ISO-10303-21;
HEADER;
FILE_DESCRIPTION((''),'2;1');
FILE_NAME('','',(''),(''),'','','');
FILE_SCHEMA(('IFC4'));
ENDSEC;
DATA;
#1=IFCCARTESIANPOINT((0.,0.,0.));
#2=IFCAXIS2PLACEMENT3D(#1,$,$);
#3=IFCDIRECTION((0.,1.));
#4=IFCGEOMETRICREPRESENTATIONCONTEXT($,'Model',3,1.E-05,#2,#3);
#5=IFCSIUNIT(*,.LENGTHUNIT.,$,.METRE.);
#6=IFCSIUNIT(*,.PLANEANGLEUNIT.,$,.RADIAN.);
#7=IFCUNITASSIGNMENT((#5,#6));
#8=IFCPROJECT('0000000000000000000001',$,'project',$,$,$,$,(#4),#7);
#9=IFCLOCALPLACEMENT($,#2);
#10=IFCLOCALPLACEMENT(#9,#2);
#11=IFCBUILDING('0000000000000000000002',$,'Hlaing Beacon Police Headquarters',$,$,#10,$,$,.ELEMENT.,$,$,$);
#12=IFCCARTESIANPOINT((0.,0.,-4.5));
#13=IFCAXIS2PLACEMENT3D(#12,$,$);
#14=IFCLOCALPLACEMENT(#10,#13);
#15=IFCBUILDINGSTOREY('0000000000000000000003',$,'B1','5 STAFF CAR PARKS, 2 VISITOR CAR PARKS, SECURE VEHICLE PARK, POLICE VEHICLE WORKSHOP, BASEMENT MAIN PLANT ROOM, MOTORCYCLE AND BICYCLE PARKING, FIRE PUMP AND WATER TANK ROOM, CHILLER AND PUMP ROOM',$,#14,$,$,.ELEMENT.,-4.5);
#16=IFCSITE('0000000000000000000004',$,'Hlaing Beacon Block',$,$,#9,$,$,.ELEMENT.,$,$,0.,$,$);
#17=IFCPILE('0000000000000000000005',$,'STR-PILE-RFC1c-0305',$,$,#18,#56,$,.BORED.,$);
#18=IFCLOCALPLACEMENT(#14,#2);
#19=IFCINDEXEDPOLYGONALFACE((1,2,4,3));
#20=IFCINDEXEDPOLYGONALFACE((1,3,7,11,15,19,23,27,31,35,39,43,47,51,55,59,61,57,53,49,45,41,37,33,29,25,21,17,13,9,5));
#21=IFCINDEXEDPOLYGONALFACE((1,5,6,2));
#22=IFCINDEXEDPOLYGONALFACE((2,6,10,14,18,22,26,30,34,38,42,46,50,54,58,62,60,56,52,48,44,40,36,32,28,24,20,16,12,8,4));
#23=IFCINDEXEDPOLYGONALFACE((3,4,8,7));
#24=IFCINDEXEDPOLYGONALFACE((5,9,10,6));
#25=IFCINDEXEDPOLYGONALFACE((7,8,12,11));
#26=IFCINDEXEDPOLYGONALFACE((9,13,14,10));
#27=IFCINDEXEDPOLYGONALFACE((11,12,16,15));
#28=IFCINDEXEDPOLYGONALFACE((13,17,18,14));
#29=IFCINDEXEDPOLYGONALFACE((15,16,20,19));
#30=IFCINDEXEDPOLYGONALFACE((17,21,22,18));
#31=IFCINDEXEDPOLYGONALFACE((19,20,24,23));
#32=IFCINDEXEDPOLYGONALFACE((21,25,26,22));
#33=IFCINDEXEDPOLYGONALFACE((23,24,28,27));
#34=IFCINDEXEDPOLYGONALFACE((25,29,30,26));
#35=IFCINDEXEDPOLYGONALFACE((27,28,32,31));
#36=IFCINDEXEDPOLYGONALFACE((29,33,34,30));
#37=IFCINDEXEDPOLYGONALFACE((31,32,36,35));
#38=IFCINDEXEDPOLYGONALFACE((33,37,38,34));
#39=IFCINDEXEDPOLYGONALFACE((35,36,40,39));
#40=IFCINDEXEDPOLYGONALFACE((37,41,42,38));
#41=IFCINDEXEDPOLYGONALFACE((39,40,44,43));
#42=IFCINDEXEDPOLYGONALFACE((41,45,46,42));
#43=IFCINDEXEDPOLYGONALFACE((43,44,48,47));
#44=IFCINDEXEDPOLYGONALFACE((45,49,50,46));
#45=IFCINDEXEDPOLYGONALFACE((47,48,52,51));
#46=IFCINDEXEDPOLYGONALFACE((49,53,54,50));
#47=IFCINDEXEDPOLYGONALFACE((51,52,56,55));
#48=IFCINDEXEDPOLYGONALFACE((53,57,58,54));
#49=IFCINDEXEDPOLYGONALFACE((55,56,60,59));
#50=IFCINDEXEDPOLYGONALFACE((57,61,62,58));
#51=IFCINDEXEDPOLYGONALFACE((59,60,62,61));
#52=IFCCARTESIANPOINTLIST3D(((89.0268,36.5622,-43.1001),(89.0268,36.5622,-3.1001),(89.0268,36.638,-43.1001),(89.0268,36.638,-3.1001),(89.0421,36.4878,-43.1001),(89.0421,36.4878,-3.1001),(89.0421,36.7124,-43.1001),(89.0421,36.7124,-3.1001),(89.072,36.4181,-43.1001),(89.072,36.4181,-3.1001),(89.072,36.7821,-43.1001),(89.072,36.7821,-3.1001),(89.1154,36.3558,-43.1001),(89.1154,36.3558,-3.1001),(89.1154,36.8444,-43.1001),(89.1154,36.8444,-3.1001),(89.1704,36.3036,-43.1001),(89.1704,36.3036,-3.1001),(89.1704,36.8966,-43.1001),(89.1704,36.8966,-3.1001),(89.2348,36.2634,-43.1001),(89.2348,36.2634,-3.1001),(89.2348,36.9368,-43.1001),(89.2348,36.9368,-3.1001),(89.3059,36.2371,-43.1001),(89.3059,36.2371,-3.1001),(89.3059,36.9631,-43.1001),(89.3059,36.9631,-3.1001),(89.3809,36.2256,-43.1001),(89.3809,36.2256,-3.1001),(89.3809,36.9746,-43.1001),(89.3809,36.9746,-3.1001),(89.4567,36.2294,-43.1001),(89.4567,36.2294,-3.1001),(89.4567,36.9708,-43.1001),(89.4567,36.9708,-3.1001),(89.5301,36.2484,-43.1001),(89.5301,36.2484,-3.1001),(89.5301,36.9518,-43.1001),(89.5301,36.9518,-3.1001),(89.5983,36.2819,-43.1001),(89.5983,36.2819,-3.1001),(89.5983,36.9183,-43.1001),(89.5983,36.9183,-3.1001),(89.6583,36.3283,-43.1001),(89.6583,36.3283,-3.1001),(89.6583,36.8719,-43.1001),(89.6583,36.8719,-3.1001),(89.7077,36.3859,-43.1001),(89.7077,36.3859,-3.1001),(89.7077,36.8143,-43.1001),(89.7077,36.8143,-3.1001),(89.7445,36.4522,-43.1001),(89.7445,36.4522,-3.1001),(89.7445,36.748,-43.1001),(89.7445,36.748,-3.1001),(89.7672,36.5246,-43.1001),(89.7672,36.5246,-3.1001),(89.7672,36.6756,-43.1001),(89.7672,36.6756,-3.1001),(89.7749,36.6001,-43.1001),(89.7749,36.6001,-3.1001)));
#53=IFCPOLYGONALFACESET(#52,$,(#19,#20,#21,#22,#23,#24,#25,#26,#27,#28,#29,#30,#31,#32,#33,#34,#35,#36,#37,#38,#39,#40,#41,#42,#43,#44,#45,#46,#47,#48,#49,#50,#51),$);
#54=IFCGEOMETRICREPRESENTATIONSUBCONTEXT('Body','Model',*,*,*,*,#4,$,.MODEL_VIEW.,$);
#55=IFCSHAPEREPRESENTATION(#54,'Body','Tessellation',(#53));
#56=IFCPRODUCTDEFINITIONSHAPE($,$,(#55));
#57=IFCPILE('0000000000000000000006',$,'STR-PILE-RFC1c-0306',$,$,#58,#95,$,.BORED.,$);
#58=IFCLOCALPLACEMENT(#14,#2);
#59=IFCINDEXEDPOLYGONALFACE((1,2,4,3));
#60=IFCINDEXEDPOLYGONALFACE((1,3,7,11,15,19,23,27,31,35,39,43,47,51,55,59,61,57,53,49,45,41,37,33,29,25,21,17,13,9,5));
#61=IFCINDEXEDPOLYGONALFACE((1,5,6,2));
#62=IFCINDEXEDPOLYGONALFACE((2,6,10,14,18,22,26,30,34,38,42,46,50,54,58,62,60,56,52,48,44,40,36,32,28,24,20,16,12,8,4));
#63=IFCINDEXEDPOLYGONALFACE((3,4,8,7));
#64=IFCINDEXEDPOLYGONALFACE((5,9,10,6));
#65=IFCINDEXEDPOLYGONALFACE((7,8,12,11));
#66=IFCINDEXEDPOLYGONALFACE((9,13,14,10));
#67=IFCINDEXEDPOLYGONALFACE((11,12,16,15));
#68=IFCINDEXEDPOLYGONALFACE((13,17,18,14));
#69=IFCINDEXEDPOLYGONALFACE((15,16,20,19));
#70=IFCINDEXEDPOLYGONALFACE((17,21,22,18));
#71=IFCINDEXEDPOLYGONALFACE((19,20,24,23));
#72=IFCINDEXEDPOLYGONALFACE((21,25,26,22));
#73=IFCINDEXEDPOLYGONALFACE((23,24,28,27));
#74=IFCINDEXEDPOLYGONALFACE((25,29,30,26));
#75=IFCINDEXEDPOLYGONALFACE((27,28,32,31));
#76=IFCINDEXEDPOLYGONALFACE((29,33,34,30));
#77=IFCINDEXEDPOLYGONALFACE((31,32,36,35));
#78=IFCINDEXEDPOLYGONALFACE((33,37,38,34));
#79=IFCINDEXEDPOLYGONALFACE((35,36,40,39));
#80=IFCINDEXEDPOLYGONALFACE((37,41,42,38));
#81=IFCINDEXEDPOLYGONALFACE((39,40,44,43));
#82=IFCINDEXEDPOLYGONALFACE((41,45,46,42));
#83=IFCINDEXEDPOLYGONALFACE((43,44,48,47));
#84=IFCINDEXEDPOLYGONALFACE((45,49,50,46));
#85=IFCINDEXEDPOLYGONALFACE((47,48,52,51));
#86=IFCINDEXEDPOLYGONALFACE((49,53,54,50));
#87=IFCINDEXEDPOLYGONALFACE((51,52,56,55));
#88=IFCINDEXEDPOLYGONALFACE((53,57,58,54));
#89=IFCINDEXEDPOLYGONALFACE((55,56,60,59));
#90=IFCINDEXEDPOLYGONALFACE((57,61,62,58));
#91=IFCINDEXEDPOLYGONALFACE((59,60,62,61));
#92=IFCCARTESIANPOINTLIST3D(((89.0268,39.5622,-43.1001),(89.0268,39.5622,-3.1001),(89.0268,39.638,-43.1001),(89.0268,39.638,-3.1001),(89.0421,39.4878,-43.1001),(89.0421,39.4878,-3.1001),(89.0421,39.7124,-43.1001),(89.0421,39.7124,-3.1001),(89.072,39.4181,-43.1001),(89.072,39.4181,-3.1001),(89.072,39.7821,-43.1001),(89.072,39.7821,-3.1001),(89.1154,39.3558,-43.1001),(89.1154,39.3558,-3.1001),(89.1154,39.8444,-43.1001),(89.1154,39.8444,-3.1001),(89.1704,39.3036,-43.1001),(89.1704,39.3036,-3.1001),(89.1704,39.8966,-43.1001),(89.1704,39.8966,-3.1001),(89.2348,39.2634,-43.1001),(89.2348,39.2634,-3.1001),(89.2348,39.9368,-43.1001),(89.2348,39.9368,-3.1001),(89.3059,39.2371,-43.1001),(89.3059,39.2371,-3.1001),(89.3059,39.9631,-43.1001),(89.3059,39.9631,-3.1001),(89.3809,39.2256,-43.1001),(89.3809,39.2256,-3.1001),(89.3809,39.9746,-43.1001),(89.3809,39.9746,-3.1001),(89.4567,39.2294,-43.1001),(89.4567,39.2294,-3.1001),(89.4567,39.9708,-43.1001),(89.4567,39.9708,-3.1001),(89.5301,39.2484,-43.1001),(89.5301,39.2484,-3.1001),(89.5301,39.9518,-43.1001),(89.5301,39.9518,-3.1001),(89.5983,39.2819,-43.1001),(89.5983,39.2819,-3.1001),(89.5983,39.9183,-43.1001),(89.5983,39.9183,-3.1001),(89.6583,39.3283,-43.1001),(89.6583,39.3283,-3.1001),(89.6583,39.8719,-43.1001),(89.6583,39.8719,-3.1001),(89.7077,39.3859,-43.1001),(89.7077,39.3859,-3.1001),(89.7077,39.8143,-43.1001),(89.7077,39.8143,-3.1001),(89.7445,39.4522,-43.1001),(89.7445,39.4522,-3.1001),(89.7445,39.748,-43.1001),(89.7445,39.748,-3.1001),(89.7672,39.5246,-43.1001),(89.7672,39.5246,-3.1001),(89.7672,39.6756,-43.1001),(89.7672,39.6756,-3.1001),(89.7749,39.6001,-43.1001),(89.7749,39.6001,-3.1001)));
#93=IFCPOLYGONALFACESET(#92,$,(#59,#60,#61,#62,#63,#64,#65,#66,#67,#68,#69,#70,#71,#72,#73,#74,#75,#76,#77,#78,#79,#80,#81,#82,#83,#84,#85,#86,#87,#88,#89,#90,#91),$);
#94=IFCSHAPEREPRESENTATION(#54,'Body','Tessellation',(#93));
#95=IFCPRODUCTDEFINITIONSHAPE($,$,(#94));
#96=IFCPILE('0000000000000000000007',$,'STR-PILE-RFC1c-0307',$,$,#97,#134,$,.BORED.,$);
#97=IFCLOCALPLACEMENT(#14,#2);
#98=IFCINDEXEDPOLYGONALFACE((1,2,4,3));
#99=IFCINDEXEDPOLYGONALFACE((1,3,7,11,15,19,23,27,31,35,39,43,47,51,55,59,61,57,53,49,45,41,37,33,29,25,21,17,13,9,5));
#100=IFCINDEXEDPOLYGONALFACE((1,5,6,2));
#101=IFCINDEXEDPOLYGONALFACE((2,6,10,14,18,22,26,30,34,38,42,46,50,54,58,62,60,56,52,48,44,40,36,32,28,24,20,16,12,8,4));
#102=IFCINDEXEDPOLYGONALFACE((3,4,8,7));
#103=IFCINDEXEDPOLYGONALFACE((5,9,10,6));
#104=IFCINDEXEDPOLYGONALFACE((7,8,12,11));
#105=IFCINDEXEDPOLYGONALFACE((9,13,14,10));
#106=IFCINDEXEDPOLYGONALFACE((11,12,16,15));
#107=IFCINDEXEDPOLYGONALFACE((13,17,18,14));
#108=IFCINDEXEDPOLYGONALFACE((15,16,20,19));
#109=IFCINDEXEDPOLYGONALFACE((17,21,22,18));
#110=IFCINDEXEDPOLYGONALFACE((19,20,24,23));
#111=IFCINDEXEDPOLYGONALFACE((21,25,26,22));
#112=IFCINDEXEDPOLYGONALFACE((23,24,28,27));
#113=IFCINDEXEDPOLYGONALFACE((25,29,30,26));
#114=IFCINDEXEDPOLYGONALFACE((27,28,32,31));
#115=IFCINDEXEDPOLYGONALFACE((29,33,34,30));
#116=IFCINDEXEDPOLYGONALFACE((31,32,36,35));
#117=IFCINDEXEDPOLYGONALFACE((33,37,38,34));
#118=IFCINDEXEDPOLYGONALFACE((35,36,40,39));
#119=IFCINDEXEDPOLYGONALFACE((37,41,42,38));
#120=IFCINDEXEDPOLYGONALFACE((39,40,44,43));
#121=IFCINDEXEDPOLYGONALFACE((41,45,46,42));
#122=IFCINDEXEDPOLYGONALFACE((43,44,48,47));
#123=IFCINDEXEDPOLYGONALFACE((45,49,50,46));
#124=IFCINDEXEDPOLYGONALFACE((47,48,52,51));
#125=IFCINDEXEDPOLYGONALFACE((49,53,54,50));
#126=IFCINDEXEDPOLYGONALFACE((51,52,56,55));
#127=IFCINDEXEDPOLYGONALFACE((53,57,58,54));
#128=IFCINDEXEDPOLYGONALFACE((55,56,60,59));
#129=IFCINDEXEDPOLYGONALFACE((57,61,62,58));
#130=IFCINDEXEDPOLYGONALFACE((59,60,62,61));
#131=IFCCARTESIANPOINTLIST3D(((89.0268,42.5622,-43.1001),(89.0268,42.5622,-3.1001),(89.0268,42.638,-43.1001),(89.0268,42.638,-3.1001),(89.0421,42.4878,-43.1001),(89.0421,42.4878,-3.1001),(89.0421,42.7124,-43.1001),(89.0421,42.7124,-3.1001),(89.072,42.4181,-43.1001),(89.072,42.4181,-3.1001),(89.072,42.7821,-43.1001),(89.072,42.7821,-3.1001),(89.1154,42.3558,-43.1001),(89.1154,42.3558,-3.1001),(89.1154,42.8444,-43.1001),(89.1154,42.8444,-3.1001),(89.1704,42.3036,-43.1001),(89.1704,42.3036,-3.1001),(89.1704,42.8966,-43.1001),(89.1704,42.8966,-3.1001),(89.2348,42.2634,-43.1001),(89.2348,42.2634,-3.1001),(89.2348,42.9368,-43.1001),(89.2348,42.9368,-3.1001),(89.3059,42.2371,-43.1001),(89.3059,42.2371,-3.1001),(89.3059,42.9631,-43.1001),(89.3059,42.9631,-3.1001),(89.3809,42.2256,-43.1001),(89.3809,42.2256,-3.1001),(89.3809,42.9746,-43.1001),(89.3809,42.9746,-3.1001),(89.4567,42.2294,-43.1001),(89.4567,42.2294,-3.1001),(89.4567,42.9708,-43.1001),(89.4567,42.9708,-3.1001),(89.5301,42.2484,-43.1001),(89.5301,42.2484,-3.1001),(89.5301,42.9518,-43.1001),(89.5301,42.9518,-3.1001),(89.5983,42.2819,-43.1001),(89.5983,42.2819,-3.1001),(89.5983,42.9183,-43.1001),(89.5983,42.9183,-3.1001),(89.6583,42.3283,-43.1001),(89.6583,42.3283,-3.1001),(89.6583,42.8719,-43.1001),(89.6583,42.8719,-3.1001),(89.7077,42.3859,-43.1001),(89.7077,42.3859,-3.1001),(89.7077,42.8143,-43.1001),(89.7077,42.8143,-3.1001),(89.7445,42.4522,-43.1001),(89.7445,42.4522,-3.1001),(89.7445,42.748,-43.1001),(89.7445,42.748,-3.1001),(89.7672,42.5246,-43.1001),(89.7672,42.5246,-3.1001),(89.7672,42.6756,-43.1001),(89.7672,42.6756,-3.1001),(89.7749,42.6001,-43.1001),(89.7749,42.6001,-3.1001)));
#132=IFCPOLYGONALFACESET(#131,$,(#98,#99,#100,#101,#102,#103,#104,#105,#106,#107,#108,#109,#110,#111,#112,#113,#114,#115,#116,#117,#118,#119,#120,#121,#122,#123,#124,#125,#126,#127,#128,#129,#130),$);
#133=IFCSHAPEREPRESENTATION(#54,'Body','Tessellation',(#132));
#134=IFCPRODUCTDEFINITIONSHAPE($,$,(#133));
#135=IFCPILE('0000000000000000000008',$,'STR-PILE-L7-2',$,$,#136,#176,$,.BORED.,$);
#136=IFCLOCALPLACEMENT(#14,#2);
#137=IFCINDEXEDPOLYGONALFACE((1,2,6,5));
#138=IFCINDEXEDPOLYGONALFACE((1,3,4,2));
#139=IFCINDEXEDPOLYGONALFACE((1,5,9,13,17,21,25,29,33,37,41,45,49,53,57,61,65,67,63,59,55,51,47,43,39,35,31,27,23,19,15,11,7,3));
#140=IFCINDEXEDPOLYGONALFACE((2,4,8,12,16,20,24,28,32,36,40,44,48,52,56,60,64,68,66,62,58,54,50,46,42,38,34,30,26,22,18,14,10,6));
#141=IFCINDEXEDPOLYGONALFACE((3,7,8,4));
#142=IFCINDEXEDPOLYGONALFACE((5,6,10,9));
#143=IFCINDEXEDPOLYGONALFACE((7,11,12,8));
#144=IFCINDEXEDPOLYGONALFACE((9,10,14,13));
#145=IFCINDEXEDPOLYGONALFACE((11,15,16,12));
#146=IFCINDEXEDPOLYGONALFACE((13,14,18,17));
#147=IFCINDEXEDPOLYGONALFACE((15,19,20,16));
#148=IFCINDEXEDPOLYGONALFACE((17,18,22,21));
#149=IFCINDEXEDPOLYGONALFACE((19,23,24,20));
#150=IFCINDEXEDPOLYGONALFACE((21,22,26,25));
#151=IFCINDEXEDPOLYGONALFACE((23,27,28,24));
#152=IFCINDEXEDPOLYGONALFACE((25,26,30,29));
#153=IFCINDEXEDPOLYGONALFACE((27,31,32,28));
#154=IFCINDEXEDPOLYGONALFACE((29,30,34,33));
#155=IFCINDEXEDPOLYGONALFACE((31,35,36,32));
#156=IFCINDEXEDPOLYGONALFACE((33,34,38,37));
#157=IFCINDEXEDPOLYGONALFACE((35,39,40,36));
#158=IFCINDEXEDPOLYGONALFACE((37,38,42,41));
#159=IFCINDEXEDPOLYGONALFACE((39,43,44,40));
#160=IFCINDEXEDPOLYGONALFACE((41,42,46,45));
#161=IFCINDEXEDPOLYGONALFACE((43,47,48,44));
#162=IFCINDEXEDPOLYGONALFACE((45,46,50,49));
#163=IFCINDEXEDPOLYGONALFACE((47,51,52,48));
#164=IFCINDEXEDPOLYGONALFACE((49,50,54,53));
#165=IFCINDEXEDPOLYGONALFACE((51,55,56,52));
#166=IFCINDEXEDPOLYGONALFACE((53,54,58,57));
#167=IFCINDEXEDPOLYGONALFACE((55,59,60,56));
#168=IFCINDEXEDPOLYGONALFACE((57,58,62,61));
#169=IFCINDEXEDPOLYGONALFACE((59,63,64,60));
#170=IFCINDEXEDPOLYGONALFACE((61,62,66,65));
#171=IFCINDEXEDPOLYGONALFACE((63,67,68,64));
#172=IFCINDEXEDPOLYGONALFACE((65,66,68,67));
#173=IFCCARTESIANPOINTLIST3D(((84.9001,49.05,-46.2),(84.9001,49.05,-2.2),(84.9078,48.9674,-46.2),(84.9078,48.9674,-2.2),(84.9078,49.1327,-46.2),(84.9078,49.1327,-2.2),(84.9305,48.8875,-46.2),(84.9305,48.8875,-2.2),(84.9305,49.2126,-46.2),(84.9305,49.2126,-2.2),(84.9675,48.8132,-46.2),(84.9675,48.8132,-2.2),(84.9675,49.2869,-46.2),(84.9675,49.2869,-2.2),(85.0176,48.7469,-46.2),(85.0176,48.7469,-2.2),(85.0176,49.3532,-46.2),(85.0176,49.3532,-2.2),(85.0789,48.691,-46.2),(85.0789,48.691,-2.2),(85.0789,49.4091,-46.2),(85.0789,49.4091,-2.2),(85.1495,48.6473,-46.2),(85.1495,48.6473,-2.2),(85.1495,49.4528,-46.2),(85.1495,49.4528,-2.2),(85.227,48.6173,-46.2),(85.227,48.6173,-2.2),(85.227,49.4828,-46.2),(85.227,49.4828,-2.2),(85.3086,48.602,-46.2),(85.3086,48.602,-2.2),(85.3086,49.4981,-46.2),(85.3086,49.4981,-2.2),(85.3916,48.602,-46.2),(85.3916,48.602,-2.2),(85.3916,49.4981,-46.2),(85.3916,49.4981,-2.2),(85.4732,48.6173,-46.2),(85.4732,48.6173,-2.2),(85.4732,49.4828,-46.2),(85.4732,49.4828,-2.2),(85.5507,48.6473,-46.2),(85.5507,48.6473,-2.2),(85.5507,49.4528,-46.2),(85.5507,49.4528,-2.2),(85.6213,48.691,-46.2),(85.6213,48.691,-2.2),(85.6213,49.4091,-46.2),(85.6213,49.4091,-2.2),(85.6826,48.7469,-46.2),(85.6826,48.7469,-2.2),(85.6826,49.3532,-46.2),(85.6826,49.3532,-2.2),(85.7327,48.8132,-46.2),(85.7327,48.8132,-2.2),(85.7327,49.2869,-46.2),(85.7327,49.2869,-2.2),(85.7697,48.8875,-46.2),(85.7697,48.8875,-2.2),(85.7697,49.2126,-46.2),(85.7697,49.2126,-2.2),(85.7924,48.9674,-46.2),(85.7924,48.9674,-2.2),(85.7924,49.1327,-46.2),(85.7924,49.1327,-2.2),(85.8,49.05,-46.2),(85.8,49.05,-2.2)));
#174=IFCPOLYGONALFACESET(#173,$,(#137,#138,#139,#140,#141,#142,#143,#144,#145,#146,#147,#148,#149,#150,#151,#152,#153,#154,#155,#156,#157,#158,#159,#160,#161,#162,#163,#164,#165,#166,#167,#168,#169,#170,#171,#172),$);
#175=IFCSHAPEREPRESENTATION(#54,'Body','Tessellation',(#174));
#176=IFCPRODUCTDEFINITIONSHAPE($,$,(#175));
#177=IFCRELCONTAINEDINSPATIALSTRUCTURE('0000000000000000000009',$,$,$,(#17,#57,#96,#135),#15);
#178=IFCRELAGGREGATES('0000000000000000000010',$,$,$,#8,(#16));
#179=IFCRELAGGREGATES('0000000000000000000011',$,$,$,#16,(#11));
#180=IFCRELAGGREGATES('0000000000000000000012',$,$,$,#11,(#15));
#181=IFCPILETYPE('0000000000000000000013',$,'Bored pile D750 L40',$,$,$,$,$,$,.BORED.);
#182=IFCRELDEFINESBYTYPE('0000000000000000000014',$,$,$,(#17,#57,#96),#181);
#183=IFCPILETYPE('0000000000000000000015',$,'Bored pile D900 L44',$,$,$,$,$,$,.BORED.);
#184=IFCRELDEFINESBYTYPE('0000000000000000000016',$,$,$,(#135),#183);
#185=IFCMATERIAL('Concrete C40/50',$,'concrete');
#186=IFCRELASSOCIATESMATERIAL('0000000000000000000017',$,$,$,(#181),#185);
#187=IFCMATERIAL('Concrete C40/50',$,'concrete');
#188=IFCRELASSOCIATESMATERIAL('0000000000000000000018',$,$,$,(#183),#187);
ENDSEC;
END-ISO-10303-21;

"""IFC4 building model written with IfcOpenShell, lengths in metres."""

from ifc_helpers import new_model, si_unit, direction, frame, origin, origin_2d, place, context, subcontext, project, spatial, circle, extrude, material, material_profile, profile_set, type_object, element, save


model = new_model("IFC4")

# Units and contexts
model_context = context("Model", 3, precision=1e-05, world=origin(), true_north=direction((0.0, 1.0)))
body_context = subcontext(model_context, "Body", "Model", "MODEL_VIEW")
ifc_project = project(units=[si_unit("LENGTHUNIT", "METRE"), si_unit("PLANEANGLEUNIT", "RADIAN")], contexts=[model_context])

# Site, building, storey
site_placement = place(None, origin())
site = spatial("IfcSite", under=ifc_project, at=site_placement, Name="Hlaing Beacon Block", CompositionType="ELEMENT", RefElevation=0.0)
building_placement = place(site_placement, origin())
building = spatial("IfcBuilding", under=site, at=building_placement, Name="Hlaing Beacon Police Headquarters", CompositionType="ELEMENT")
storey_placement = place(building_placement, frame((0.0, 0.0, -4.5)))
storey = spatial("IfcBuildingStorey", under=building, at=storey_placement, Name="B1", Description="5 STAFF CAR PARKS, 2 VISITOR CAR PARKS, SECURE VEHICLE PARK, POLICE VEHICLE WORKSHOP, BASEMENT MAIN PLANT ROOM, MOTORCYCLE AND BICYCLE PARKING, FIRE PUMP AND WATER TANK ROOM, CHILLER AND PUMP ROOM", CompositionType="ELEMENT", Elevation=-4.5)

# Piles
ifc_material_1 = material(Name="Concrete C40/50", Category="concrete")
ifc_material_profile_1 = material_profile(ifc_material_1, circle(Radius=0.375, at=origin_2d()), Name="D750")
ifc_profile_set_1 = profile_set([ifc_material_profile_1], Name="Concrete C40/50")
pile_type_1 = type_object("IfcPileType", Name="Bored pile D750 L40", PredefinedType="BORED", material=ifc_profile_set_1)
for number, where, z_axis, x_axis, name in (
    (1, (89.3999, 36.6001, -3.1001), (0.0, 0.0, -1.0), (1.0, 0.0, 0.0), "STR-PILE-RFC1c-0305"),
    (2, (89.3999, 39.6001, -3.1001), (0.0, 0.0, -1.0), (1.0, 0.0, 0.0), "STR-PILE-RFC1c-0306"),
    (3, (89.3999, 42.6001, -3.1001), (0.0, 0.0, -1.0), (1.0, 0.0, 0.0), "STR-PILE-RFC1c-0307"),
):
    element("IfcPile", number, at=place(storey_placement, frame(where, z_axis=z_axis, x_axis=x_axis)), inside=storey, type_object=pile_type_1, Name=name, PredefinedType="BORED", context=body_context, shape_type="SweptSolid", body=[
        extrude(circle(Radius=0.375, at=origin_2d()), origin(), (0.0, 0.0, 1.0), 40.0),
    ])
ifc_material_2 = material(Name="Concrete C40/50", Category="concrete")
ifc_material_profile_2 = material_profile(ifc_material_2, circle(Radius=0.45, at=origin_2d()), Name="D900")
ifc_profile_set_2 = profile_set([ifc_material_profile_2], Name="Concrete C40/50")
pile_type_2 = type_object("IfcPileType", Name="Bored pile D900 L44", PredefinedType="BORED", material=ifc_profile_set_2)
for number, where, z_axis, x_axis, name in (
    (4, (85.3501, 49.05, -2.2), (0.0, 0.0, -1.0), (1.0, 0.0, 0.0), "STR-PILE-L7-2"),
):
    element("IfcPile", number, at=place(storey_placement, frame(where, z_axis=z_axis, x_axis=x_axis)), inside=storey, type_object=pile_type_2, Name=name, PredefinedType="BORED", context=body_context, shape_type="SweptSolid", body=[
        extrude(circle(Radius=0.45, at=origin_2d()), origin(), (0.0, 0.0, 1.0), 44.0),
    ])

save(model, "model.ifc")
